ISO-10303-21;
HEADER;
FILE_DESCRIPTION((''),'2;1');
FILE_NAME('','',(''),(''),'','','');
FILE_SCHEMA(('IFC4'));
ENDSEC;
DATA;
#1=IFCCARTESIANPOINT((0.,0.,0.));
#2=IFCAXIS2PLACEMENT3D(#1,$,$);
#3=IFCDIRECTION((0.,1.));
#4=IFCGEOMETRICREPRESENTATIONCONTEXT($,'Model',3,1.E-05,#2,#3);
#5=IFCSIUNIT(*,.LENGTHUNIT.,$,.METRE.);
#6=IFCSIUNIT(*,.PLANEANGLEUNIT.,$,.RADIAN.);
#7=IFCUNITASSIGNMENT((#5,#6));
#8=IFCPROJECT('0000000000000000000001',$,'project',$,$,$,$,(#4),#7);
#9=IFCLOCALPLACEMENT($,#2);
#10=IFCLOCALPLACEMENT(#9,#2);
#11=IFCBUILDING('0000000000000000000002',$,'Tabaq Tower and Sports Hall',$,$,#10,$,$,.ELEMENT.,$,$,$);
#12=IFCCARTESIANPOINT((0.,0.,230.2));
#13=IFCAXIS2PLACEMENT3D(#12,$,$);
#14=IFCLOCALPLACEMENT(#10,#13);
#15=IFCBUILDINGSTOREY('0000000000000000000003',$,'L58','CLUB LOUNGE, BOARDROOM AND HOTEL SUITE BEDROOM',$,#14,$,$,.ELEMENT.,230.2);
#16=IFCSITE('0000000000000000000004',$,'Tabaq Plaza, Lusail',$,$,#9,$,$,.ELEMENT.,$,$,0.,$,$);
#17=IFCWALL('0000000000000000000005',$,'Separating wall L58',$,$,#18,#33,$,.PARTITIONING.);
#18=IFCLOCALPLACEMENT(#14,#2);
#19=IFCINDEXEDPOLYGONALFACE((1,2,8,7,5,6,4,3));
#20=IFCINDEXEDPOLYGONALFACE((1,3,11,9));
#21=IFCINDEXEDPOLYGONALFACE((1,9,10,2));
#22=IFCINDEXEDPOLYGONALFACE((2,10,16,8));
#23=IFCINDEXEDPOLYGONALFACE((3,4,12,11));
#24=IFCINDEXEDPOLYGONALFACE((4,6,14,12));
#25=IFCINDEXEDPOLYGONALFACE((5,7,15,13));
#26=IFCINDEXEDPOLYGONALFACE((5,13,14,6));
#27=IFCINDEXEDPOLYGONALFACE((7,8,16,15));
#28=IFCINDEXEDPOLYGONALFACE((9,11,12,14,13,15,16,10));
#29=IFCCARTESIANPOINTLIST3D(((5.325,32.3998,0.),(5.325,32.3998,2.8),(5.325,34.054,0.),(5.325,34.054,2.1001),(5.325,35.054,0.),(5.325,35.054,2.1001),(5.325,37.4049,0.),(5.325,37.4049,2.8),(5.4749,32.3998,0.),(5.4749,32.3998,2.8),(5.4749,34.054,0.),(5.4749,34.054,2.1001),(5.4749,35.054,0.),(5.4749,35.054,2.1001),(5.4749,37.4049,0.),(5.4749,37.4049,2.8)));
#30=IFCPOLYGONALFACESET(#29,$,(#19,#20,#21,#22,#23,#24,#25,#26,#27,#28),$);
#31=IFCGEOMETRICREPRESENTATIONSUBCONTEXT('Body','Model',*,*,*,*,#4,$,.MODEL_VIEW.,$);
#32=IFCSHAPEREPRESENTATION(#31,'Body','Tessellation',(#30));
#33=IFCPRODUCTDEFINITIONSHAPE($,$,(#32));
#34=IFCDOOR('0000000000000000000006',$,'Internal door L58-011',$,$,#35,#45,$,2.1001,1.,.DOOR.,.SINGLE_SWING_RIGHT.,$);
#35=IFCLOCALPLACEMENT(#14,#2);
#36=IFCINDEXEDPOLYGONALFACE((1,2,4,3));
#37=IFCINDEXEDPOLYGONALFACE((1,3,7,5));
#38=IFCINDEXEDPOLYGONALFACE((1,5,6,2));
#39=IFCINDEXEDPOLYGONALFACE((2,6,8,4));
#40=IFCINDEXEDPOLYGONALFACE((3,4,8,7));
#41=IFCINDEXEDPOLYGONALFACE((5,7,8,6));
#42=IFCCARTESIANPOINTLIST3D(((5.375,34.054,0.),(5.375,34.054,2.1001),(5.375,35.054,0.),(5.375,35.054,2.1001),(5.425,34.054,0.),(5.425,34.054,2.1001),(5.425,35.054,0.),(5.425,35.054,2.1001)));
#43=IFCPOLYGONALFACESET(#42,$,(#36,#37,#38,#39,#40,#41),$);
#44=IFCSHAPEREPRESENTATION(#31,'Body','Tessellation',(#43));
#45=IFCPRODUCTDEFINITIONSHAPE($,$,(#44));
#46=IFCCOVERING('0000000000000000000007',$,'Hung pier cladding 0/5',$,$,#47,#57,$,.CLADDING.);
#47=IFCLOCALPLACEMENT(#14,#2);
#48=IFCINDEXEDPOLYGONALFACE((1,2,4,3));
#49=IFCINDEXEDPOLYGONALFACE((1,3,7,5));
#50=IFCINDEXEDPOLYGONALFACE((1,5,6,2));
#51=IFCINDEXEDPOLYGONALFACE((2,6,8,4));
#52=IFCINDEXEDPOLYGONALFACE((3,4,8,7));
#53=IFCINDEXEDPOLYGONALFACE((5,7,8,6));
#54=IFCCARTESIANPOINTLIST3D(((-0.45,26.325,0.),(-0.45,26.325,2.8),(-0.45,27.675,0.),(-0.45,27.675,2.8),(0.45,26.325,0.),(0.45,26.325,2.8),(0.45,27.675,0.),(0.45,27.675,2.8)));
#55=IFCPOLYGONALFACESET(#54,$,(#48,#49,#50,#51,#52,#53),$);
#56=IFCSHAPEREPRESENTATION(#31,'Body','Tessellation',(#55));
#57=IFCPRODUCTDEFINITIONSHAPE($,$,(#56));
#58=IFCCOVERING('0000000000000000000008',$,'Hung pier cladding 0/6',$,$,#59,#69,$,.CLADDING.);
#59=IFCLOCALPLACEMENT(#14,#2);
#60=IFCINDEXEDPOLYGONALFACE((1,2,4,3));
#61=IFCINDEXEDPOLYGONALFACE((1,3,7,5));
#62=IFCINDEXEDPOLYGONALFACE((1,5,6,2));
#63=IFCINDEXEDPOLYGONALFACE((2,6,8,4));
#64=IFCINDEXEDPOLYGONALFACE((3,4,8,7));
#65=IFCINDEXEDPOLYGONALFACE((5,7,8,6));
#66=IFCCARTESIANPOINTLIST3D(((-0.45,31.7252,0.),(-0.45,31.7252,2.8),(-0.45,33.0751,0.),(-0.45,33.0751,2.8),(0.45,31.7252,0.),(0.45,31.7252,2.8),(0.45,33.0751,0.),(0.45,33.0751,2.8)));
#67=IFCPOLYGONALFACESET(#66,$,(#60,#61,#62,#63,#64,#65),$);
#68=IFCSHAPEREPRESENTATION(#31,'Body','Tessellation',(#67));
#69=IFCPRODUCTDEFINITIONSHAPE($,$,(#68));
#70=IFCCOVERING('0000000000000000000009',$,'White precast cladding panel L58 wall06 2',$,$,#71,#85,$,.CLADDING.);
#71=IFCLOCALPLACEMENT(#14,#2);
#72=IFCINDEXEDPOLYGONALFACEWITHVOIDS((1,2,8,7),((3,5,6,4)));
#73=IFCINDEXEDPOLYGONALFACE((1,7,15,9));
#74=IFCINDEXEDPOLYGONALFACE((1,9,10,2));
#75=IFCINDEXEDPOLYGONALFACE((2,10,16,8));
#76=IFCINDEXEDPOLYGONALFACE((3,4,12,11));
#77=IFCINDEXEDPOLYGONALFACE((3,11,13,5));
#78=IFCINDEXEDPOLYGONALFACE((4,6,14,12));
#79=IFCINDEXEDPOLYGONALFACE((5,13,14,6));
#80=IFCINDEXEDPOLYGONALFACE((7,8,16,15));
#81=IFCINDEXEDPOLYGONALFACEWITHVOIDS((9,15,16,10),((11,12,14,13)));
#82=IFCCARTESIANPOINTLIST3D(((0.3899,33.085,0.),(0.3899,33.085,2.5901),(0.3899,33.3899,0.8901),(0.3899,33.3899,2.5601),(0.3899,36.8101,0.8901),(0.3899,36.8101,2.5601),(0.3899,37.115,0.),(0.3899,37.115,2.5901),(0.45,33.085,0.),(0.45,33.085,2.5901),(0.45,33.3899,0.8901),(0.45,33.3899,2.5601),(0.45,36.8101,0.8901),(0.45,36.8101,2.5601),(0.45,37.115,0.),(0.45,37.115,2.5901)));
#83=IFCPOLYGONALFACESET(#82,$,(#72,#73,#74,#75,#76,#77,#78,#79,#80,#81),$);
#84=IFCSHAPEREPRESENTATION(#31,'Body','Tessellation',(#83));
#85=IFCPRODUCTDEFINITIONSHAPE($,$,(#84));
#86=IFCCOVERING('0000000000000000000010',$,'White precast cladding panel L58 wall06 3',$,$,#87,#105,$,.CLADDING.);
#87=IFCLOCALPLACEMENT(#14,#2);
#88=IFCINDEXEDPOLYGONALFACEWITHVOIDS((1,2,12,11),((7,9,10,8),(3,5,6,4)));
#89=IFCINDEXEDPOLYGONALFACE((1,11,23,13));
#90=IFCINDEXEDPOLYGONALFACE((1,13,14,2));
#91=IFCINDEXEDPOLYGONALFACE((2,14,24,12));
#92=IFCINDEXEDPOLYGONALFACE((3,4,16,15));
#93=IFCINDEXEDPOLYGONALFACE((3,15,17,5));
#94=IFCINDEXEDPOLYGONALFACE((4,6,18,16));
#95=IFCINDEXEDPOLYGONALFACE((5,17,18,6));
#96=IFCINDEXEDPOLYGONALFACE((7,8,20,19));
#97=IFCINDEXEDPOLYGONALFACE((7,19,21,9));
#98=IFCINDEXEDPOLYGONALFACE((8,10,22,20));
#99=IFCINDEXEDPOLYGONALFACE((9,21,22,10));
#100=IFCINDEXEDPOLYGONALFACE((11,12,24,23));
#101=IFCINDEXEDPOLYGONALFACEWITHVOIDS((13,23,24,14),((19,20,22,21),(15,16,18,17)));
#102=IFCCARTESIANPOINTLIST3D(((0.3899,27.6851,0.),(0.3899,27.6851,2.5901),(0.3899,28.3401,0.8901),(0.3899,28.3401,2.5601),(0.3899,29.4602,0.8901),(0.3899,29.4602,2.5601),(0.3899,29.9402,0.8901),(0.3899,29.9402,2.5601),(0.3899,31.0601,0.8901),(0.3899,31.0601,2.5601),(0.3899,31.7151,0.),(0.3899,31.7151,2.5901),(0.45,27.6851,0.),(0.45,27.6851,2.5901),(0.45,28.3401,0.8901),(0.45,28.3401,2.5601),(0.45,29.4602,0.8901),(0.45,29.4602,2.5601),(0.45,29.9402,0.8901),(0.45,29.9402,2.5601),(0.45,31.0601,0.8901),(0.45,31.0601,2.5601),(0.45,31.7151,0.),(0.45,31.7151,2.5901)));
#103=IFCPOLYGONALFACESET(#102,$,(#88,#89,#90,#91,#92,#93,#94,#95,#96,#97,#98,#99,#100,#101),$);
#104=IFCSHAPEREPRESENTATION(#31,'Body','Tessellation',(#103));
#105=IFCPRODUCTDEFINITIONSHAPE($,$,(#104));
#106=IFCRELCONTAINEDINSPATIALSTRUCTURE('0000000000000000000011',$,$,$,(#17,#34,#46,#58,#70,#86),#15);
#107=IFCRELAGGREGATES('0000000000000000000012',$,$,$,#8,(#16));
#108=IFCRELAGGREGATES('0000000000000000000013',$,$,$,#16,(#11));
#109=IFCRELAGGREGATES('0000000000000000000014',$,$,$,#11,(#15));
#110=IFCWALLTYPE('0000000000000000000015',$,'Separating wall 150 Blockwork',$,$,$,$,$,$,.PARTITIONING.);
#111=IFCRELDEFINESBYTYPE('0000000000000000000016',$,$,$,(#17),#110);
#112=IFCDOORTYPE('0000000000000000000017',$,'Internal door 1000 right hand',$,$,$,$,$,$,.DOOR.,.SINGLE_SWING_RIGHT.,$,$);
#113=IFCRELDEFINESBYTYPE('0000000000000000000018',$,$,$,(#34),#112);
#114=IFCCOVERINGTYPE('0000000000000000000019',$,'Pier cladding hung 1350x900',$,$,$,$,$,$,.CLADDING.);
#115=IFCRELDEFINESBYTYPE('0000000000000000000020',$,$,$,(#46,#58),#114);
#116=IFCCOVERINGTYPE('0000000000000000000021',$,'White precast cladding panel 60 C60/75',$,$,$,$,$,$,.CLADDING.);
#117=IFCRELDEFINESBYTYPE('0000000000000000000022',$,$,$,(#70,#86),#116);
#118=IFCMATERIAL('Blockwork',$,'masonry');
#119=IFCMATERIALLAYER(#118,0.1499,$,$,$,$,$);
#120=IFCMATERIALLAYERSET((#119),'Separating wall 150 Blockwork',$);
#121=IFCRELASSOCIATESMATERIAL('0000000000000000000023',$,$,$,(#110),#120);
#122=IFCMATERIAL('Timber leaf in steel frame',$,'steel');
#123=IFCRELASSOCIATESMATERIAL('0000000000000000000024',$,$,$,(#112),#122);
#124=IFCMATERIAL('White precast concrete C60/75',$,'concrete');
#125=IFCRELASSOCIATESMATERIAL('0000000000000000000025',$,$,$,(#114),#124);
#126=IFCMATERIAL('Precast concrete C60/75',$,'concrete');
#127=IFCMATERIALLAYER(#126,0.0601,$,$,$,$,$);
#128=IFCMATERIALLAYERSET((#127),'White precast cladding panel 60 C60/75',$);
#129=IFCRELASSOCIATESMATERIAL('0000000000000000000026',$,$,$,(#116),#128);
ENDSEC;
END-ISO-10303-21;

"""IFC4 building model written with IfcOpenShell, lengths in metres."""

from ifc_helpers import new_model, si_unit, direction, frame, frame_2d, origin, place, context, subcontext, project, spatial, polyline, rectangle, outline, extrude, material, layer, layer_set, type_object, element, fill, save


model = new_model("IFC4")

# Units and contexts
model_context = context("Model", 3, precision=1e-05, world=origin(), true_north=direction((0.0, 1.0)))
body_context = subcontext(model_context, "Body", "Model", "MODEL_VIEW")
ifc_project = project(units=[si_unit("LENGTHUNIT", "METRE"), si_unit("PLANEANGLEUNIT", "RADIAN")], contexts=[model_context])

# Site, building, storey
site_placement = place(None, origin())
site = spatial("IfcSite", under=ifc_project, at=site_placement, Name="Tabaq Plaza, Lusail", CompositionType="ELEMENT", RefElevation=0.0)
building_placement = place(site_placement, origin())
building = spatial("IfcBuilding", under=site, at=building_placement, Name="Tabaq Tower and Sports Hall", CompositionType="ELEMENT")
storey_placement = place(building_placement, frame((0.0, 0.0, 230.2)))
storey = spatial("IfcBuildingStorey", under=building, at=storey_placement, Name="L58", Description="CLUB LOUNGE, BOARDROOM AND HOTEL SUITE BEDROOM", CompositionType="ELEMENT", Elevation=230.2)

# Shared definitions
ifc_material_1 = material(Name="Blockwork", Category="masonry")
ifc_layer_1 = layer(ifc_material_1, 0.1499)
ifc_layer_set_1 = layer_set([ifc_layer_1], Name="Separating wall 150 Blockwork")
wall_type_1 = type_object("IfcWallType", Name="Separating wall 150 Blockwork", PredefinedType="PARTITIONING", material=ifc_layer_set_1)

# Wall, opening, door
wall_1_placement = place(storey_placement, frame((5.3999, 32.3999, 0.0), z_axis=(0.0, 0.0, 1.0), x_axis=(0.0, 1.0, 0.0)))
wall_1 = element("IfcWall", 1, at=wall_1_placement, inside=storey, type_object=wall_type_1, Name="Separating wall L58", PredefinedType="PARTITIONING", context=body_context, shape_type="SweptSolid", body=[
    extrude(rectangle(XDim=5.0051, YDim=0.1499, at=frame_2d((2.5024, 0.0))), origin(), (0.0, 0.0, 1.0), 2.8),
])
opening_1_placement = place(wall_1_placement, frame((1.6541, 0.0, 0.0)))
opening_1 = element("IfcOpeningElement", 2, at=opening_1_placement, cuts=wall_1, PredefinedType="OPENING", context=body_context, shape_type="SweptSolid", body=[
    extrude(rectangle(XDim=1.0, YDim=2.1001, at=frame_2d((0.5, 1.05))), frame((0.0, 0.075, 0.0), z_axis=(0.0, -1.0, 0.0), x_axis=(1.0, 0.0, 0.0)), (0.0, 0.0, 1.0), 0.1499),
])
ifc_material_2 = material(Name="Timber leaf in steel frame", Category="steel")
door_type_1 = type_object("IfcDoorType", Name="Internal door 1000 right hand", OperationType="SINGLE_SWING_RIGHT", PredefinedType="DOOR", material=ifc_material_2)
door_1_placement = place(opening_1_placement, origin())
door_1 = element("IfcDoor", 3, at=door_1_placement, inside=storey, type_object=door_type_1, Name="Internal door L58-011", OperationType="SINGLE_SWING_RIGHT", OverallHeight=2.1001, OverallWidth=1.0, PredefinedType="DOOR", context=body_context, shape_type="SweptSolid", body=[
    extrude(rectangle(XDim=1.0, YDim=2.1001, at=frame_2d((0.5, 1.05))), frame((0.0, 0.0249, 0.0), z_axis=(0.0, -1.0, 0.0), x_axis=(1.0, 0.0, 0.0)), (0.0, 0.0, 1.0), 0.05),
])
fill(opening_1, door_1)

# Coverings
ifc_material_3 = material(Name="White precast concrete C60/75", Category="concrete")
covering_type_1 = type_object("IfcCoveringType", Name="Pier cladding hung 1350x900", PredefinedType="CLADDING", material=ifc_material_3)
covering_1_placement = place(storey_placement, frame((0.0, 27.675, 0.0), z_axis=(0.0, 0.0, 1.0), x_axis=(0.0, -1.0, 0.0)))
element("IfcCovering", 4, at=covering_1_placement, inside=storey, type_object=covering_type_1, Name="Hung pier cladding 0/5", PredefinedType="CLADDING", context=body_context, shape_type="SweptSolid", body=[
    extrude(rectangle(XDim=1.3501, YDim=0.8999, at=frame_2d((0.675, 0.0))), origin(), (0.0, 0.0, 1.0), 2.8),
])
covering_2_placement = place(storey_placement, frame((0.0, 33.075, 0.0), z_axis=(0.0, 0.0, 1.0), x_axis=(0.0, -1.0, 0.0)))
element("IfcCovering", 5, at=covering_2_placement, inside=storey, type_object=covering_type_1, Name="Hung pier cladding 0/6", PredefinedType="CLADDING", context=body_context, shape_type="SweptSolid", body=[
    extrude(rectangle(XDim=1.3499, YDim=0.8999, at=frame_2d((0.6748, 0.0))), origin(), (0.0, 0.0, 1.0), 2.8),
])
ifc_material_4 = material(Name="Precast concrete C60/75", Category="concrete")
ifc_layer_2 = layer(ifc_material_4, 0.0601)
ifc_layer_set_2 = layer_set([ifc_layer_2], Name="White precast cladding panel 60 C60/75")
covering_type_2 = type_object("IfcCoveringType", Name="White precast cladding panel 60 C60/75", PredefinedType="CLADDING", material=ifc_layer_set_2)
covering_3_placement = place(storey_placement, frame((0.4199, 37.115, 0.0), z_axis=(0.0, 0.0, 1.0), x_axis=(0.0, -1.0, 0.0)))
element("IfcCovering", 6, at=covering_3_placement, inside=storey, type_object=covering_type_2, Name="White precast cladding panel L58 wall06 2", PredefinedType="CLADDING", context=body_context, shape_type="SweptSolid", body=[
    extrude(outline(polyline([(0.0, 0.0), (4.03, 0.0), (4.03, 2.5901), (0.0, 2.5901), (0.0, 0.0)]), holes=[polyline([(3.7251, 0.8901), (0.3049, 0.8901), (0.3049, 2.5601), (3.7251, 2.5601), (3.7251, 0.8901)])]), frame((0.0, 0.03, 0.0), z_axis=(0.0, -1.0, 0.0), x_axis=(1.0, 0.0, 0.0)), (0.0, 0.0, 1.0), 0.0601),
])
covering_4_placement = place(storey_placement, frame((0.4199, 31.7151, 0.0), z_axis=(0.0, 0.0, 1.0), x_axis=(0.0, -1.0, 0.0)))
element("IfcCovering", 7, at=covering_4_placement, inside=storey, type_object=covering_type_2, Name="White precast cladding panel L58 wall06 3", PredefinedType="CLADDING", context=body_context, shape_type="SweptSolid", body=[
    extrude(outline(polyline([(0.0, 0.0), (4.03, 0.0), (4.03, 2.5901), (0.0, 2.5901), (0.0, 0.0)]), holes=[polyline([(0.655, 0.8901), (0.655, 2.5601), (1.7749, 2.5601), (1.7749, 0.8901), (0.655, 0.8901)]), polyline([(2.2549, 0.8901), (2.2549, 2.5601), (3.375, 2.5601), (3.375, 0.8901), (2.2549, 0.8901)])]), frame((0.0, 0.03, 0.0), z_axis=(0.0, -1.0, 0.0), x_axis=(1.0, 0.0, 0.0)), (0.0, 0.0, 1.0), 0.0601),
])

save(model, "model.ifc")
